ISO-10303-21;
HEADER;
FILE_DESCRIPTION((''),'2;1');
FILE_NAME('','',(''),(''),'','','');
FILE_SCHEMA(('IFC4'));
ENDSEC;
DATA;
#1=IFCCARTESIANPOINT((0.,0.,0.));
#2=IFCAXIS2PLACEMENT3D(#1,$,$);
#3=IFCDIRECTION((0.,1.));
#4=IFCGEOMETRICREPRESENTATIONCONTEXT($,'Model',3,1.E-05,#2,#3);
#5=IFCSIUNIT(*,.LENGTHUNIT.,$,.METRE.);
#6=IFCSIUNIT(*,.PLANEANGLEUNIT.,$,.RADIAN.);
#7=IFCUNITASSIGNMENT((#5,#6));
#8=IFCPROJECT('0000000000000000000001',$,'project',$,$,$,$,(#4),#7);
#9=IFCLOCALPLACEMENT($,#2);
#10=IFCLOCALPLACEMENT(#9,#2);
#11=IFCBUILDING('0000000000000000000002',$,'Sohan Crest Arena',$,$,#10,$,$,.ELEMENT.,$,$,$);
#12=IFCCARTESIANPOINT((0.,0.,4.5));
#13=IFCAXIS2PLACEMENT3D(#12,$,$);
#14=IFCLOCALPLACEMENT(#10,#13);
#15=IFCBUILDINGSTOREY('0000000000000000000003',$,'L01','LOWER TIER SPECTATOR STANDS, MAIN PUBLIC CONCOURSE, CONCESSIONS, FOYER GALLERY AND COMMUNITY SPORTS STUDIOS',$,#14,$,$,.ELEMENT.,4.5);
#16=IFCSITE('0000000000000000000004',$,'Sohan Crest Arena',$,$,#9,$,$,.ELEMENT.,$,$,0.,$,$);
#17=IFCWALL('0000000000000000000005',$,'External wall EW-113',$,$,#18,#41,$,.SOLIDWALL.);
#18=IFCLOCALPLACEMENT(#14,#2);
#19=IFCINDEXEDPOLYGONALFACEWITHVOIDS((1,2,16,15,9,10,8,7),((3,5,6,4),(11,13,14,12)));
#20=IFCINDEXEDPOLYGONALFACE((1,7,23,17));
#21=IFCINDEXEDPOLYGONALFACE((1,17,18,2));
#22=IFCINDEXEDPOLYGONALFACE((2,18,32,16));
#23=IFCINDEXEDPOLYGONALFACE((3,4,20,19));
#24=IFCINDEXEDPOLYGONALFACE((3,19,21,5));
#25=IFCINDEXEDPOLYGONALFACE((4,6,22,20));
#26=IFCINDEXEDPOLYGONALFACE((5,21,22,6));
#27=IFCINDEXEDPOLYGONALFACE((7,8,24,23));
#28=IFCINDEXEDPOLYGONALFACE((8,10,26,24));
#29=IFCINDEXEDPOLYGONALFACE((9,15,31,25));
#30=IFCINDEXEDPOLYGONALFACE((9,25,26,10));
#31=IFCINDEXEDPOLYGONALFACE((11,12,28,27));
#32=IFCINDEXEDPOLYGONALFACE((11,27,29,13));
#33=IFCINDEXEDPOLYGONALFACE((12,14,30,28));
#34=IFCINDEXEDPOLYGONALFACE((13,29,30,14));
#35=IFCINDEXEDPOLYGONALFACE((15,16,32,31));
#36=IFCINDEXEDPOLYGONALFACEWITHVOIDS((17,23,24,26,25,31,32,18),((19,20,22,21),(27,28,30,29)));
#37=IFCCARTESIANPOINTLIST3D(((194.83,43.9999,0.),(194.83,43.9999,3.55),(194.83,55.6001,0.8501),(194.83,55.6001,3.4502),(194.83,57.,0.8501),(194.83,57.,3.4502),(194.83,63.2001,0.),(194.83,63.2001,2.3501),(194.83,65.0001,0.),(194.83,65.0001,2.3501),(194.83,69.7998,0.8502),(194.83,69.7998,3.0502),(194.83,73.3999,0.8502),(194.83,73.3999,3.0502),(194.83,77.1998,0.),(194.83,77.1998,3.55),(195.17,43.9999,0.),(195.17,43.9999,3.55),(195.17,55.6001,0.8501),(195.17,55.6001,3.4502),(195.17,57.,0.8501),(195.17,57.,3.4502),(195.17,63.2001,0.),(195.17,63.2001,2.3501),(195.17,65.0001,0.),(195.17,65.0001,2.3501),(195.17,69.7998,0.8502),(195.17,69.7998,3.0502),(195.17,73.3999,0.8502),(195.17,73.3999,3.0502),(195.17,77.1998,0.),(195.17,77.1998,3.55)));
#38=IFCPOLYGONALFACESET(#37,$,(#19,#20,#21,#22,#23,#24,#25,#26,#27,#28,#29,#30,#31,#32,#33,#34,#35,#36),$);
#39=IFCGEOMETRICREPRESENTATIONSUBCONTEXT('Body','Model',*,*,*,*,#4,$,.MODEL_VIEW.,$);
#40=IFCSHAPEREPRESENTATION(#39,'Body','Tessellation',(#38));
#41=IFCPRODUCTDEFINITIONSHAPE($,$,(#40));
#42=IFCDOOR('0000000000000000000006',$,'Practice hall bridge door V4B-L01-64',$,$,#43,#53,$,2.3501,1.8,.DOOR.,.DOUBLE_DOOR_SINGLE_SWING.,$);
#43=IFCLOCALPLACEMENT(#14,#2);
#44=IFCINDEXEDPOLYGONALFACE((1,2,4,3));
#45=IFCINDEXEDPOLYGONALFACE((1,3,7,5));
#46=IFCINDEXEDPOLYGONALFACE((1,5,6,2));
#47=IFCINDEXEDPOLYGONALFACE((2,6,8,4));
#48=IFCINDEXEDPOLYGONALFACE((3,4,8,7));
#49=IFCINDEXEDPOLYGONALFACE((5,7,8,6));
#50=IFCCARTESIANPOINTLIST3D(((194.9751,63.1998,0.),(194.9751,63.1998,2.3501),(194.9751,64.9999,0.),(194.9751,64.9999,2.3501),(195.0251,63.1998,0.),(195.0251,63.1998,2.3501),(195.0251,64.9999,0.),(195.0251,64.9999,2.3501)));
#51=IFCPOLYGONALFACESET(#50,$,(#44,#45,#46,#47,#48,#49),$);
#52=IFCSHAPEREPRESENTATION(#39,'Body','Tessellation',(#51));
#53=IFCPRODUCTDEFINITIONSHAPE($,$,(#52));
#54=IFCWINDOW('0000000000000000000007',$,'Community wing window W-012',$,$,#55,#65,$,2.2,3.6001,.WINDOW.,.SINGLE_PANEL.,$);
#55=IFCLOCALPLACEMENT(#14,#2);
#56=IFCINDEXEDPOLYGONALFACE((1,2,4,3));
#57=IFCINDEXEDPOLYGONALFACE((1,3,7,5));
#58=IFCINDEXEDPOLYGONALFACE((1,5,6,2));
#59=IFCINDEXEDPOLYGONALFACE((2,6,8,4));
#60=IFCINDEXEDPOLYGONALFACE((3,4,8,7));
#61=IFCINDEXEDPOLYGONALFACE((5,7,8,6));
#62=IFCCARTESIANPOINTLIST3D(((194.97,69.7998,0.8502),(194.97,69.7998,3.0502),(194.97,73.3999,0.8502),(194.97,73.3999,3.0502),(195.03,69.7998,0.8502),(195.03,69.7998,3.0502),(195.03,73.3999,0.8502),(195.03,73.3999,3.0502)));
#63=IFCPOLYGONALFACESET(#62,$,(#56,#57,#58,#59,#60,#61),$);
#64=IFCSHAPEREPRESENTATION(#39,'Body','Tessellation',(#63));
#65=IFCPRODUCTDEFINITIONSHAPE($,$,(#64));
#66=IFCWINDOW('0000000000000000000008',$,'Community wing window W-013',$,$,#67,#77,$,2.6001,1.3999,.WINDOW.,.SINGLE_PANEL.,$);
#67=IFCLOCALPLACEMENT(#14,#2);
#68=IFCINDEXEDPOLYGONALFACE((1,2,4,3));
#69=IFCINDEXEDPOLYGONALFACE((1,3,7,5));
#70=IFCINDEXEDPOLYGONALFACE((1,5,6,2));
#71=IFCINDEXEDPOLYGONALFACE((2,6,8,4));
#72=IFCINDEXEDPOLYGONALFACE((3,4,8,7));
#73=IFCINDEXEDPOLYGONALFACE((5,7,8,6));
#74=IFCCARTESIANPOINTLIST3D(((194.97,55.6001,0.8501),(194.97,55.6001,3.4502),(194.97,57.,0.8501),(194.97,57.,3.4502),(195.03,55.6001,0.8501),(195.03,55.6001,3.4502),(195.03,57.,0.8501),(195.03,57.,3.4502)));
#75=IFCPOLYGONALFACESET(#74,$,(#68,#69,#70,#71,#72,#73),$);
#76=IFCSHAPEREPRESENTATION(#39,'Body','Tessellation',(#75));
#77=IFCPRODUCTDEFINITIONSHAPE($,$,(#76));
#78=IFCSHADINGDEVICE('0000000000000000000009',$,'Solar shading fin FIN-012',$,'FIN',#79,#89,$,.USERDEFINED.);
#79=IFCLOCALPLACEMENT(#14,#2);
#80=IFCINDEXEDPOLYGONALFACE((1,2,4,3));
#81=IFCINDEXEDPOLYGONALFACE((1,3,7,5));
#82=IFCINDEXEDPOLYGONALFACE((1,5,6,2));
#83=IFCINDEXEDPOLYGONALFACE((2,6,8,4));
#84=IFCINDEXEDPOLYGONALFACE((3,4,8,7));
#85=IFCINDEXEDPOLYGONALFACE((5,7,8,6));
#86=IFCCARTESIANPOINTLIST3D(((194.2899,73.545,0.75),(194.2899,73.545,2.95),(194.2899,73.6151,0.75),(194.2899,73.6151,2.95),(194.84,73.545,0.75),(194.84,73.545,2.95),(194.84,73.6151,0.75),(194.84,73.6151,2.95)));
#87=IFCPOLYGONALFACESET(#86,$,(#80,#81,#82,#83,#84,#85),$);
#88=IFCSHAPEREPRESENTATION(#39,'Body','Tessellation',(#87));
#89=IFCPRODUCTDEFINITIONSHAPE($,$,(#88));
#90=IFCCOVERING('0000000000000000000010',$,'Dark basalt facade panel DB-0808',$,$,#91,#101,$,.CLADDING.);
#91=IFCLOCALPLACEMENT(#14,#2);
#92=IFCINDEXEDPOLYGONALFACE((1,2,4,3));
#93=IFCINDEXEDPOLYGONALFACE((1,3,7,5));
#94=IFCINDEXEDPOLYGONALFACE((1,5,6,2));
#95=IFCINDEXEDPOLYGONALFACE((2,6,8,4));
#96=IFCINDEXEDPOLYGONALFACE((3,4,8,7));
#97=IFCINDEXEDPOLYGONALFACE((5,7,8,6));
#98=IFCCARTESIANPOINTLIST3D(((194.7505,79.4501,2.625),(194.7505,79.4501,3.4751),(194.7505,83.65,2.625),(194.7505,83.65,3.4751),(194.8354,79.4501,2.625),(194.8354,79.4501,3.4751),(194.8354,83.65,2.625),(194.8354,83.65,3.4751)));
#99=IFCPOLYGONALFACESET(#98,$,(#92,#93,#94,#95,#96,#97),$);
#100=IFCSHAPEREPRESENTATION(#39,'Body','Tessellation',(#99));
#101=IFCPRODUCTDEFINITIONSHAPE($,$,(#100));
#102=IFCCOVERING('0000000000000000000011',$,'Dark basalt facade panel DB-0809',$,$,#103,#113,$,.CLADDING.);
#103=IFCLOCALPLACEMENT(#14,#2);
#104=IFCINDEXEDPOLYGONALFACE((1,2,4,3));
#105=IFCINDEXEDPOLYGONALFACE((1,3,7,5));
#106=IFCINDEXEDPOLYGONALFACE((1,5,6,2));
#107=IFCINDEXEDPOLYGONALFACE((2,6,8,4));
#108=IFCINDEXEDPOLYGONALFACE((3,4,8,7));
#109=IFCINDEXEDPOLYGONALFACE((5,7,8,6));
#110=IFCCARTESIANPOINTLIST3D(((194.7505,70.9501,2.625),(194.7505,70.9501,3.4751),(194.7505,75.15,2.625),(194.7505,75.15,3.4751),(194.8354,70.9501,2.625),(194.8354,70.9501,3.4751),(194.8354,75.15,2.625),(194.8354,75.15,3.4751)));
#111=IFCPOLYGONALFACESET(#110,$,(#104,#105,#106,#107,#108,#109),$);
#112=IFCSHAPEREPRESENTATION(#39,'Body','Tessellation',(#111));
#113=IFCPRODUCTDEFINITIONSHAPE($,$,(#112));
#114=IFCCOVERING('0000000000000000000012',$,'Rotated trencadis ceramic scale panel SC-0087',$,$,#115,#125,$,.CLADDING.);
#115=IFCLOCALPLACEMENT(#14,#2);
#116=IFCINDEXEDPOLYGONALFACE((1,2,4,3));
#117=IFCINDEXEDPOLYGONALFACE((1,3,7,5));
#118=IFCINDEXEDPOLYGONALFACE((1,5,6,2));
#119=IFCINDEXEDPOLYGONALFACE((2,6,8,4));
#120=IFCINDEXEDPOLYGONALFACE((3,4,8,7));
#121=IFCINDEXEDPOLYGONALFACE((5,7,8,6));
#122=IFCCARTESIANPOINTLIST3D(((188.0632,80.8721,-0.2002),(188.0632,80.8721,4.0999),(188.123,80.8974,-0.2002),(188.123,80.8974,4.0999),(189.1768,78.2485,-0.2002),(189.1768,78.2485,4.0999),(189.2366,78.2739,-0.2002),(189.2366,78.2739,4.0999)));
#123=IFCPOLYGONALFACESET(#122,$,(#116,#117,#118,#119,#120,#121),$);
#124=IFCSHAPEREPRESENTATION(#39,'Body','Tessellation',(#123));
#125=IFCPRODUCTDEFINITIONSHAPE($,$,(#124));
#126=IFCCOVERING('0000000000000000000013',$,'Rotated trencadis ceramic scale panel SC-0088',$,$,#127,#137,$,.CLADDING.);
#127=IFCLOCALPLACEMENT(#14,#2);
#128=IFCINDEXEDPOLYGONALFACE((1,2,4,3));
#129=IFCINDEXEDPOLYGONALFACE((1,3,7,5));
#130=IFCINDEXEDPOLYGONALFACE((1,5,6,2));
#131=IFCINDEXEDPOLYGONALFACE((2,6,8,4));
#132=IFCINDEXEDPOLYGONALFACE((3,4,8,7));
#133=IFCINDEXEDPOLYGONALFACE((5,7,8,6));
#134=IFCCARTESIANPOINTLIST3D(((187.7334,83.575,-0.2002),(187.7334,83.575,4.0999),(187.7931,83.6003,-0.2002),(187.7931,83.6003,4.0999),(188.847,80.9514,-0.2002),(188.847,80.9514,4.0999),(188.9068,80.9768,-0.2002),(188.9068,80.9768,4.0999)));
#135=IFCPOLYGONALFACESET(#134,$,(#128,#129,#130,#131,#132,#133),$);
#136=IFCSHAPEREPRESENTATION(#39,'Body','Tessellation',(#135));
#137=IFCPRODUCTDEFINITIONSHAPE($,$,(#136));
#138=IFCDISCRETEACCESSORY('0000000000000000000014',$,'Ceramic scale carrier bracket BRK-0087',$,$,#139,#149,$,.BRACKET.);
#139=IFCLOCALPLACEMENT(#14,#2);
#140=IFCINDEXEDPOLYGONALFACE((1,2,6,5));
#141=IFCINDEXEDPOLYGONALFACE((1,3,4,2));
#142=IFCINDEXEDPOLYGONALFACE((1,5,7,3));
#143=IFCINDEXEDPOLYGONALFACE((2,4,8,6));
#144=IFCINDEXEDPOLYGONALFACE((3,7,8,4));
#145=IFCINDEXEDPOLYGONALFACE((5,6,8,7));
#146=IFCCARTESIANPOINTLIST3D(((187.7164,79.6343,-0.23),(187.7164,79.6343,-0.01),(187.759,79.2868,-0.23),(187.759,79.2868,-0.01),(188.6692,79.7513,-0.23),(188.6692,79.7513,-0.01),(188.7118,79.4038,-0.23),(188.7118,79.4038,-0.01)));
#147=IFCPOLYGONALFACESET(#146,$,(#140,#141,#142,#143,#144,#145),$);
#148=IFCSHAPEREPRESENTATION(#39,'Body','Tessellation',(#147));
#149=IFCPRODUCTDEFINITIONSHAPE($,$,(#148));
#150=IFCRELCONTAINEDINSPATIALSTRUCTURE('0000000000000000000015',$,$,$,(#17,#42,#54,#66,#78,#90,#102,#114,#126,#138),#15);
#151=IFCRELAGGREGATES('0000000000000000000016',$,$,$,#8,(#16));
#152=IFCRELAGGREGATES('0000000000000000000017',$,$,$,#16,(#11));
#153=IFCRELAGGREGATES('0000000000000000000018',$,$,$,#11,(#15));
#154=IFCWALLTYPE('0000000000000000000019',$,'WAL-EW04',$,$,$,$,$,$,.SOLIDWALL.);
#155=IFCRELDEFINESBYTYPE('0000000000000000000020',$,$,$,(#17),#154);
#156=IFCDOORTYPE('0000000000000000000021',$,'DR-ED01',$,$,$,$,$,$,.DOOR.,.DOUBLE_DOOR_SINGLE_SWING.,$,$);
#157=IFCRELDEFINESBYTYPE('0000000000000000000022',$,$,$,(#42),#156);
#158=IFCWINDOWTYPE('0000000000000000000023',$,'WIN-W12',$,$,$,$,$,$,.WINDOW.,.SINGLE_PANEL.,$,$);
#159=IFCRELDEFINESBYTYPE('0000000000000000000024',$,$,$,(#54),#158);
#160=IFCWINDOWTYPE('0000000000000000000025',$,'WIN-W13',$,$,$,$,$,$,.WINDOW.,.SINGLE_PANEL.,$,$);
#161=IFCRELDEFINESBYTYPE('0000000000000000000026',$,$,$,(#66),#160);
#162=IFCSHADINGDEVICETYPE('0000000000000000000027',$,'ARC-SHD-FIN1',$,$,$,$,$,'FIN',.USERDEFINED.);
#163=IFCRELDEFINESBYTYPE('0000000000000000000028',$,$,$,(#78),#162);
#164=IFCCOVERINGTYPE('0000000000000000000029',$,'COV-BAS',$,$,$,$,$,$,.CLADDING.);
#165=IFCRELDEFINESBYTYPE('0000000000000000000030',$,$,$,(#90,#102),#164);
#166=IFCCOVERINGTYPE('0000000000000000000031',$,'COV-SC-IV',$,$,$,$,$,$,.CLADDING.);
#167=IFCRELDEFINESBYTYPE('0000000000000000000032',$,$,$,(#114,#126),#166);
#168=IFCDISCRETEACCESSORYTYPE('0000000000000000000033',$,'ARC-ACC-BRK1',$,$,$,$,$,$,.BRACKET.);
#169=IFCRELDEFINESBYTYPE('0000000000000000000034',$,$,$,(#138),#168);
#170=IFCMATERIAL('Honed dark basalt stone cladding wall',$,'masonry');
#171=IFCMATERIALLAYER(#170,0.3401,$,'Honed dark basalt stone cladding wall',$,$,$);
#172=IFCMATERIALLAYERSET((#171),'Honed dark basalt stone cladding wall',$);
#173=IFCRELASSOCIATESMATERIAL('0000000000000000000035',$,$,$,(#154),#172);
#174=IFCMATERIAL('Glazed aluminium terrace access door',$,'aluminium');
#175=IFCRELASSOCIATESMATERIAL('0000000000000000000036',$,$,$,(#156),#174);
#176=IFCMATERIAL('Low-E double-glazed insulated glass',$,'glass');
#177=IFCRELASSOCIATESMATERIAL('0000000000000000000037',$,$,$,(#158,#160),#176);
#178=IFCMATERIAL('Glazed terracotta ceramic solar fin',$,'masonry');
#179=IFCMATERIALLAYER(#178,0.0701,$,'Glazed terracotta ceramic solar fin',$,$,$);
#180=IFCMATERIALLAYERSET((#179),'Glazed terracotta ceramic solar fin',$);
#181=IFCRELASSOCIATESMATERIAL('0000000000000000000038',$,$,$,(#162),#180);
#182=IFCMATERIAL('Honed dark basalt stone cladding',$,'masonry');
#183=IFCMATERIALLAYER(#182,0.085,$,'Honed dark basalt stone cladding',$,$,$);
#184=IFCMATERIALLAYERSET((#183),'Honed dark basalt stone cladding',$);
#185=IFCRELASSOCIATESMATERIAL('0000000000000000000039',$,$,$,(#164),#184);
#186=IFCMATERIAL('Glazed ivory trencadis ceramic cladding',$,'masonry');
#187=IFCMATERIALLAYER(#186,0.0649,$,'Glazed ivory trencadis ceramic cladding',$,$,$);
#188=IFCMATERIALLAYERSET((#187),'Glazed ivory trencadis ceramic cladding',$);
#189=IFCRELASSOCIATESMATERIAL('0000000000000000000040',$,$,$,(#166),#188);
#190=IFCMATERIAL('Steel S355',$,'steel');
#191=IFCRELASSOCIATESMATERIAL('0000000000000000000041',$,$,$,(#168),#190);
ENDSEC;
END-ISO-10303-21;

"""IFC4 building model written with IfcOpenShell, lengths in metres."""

from ifc_helpers import new_model, si_unit, direction, frame, frame_2d, origin, origin_2d, place, context, subcontext, project, spatial, rectangle, extrude, material, layer, layer_set, type_object, element, fill, save


model = new_model("IFC4")

# Units and contexts
model_context = context("Model", 3, precision=1e-05, world=origin(), true_north=direction((0.0, 1.0)))
body_context = subcontext(model_context, "Body", "Model", "MODEL_VIEW")
ifc_project = project(units=[si_unit("LENGTHUNIT", "METRE"), si_unit("PLANEANGLEUNIT", "RADIAN")], contexts=[model_context])

# Site, building, storey
site_placement = place(None, origin())
site = spatial("IfcSite", under=ifc_project, at=site_placement, Name="Sohan Crest Arena", CompositionType="ELEMENT", RefElevation=0.0)
building_placement = place(site_placement, origin())
building = spatial("IfcBuilding", under=site, at=building_placement, Name="Sohan Crest Arena", CompositionType="ELEMENT")
storey_placement = place(building_placement, frame((0.0, 0.0, 4.5)))
storey = spatial("IfcBuildingStorey", under=building, at=storey_placement, Name="L01", Description="LOWER TIER SPECTATOR STANDS, MAIN PUBLIC CONCOURSE, CONCESSIONS, FOYER GALLERY AND COMMUNITY SPORTS STUDIOS", CompositionType="ELEMENT", Elevation=4.5)

# Shared definitions
ifc_material_1 = material(Name="Steel S355", Category="steel")

# Shared definitions
ifc_material_2 = material(Name="Low-E double-glazed insulated glass", Category="glass")

# Wall, openings, door, windows
ifc_material_3 = material(Name="Honed dark basalt stone cladding wall", Category="masonry")
ifc_layer_1 = layer(ifc_material_3, 0.3401, Name="Honed dark basalt stone cladding wall")
ifc_layer_set_1 = layer_set([ifc_layer_1], Name="Honed dark basalt stone cladding wall")
wall_type = type_object("IfcWallType", Name="WAL-EW04", PredefinedType="SOLIDWALL", material=ifc_layer_set_1)
wall_placement = place(storey_placement, frame((195.0, 77.2, 0.0), z_axis=(0.0, 0.0, 1.0), x_axis=(0.0, -1.0, 0.0)))
wall = element("IfcWall", 1, at=wall_placement, inside=storey, type_object=wall_type, Name="External wall EW-113", PredefinedType="SOLIDWALL", context=body_context, shape_type="SweptSolid", body=[
    extrude(rectangle(XDim=33.2, YDim=0.3401, at=frame_2d((16.6001, 0.0))), origin(), (0.0, 0.0, 1.0), 3.55),
])
opening_1_placement = place(wall_placement, frame((12.2, 0.0, 0.0)))
opening_1 = element("IfcOpeningElement", 2, at=opening_1_placement, cuts=wall, PredefinedType="OPENING", context=body_context, shape_type="SweptSolid", body=[
    extrude(rectangle(XDim=1.8, YDim=2.3501, at=frame_2d((0.8999, 1.175))), frame((0.0, 0.1799, 0.0), z_axis=(0.0, -1.0, 0.0), x_axis=(1.0, 0.0, 0.0)), (0.0, 0.0, 1.0), 0.3601),
])
opening_2_placement = place(wall_placement, frame((3.8, 0.0, 0.8501)))
opening_2 = element("IfcOpeningElement", 3, at=opening_2_placement, cuts=wall, PredefinedType="OPENING", context=body_context, shape_type="SweptSolid", body=[
    extrude(rectangle(XDim=3.6001, YDim=2.2, at=frame_2d((1.8, 1.1001))), frame((0.0, 0.1799, 0.0), z_axis=(0.0, -1.0, 0.0), x_axis=(1.0, 0.0, 0.0)), (0.0, 0.0, 1.0), 0.3601),
])
opening_3_placement = place(wall_placement, frame((20.2, 0.0, 0.8501)))
opening_3 = element("IfcOpeningElement", 4, at=opening_3_placement, cuts=wall, PredefinedType="OPENING", context=body_context, shape_type="SweptSolid", body=[
    extrude(rectangle(XDim=1.3999, YDim=2.6001, at=frame_2d((0.7, 1.3))), frame((0.0, 0.1799, 0.0), z_axis=(0.0, -1.0, 0.0), x_axis=(1.0, 0.0, 0.0)), (0.0, 0.0, 1.0), 0.3601),
])
ifc_material_4 = material(Name="Glazed aluminium terrace access door", Category="aluminium")
door_type = type_object("IfcDoorType", Name="DR-ED01", OperationType="DOUBLE_DOOR_SINGLE_SWING", PredefinedType="DOOR", material=ifc_material_4)
door_placement = place(opening_1_placement, frame((1.8, 0.0, 0.0), z_axis=(0.0, 0.0, 1.0), x_axis=(-1.0, 0.0, 0.0)))
door = element("IfcDoor", 5, at=door_placement, inside=storey, type_object=door_type, Name="Practice hall bridge door V4B-L01-64", OperationType="DOUBLE_DOOR_SINGLE_SWING", OverallHeight=2.3501, OverallWidth=1.8, PredefinedType="DOOR", context=body_context, shape_type="SweptSolid", body=[
    extrude(rectangle(XDim=1.8, YDim=2.3501, at=frame_2d((0.8999, 1.175))), frame((0.0, 0.0249, 0.0), z_axis=(0.0, -1.0, 0.0), x_axis=(1.0, 0.0, 0.0)), (0.0, 0.0, 1.0), 0.05),
])
fill(opening_1, door)
window_type_1 = type_object("IfcWindowType", Name="WIN-W12", PartitioningType="SINGLE_PANEL", PredefinedType="WINDOW", material=ifc_material_2)
window_1_placement = place(opening_2_placement, origin())
window_1 = element("IfcWindow", 6, at=window_1_placement, inside=storey, type_object=window_type_1, Name="Community wing window W-012", OverallHeight=2.2, OverallWidth=3.6001, PartitioningType="SINGLE_PANEL", PredefinedType="WINDOW", context=body_context, shape_type="SweptSolid", body=[
    extrude(rectangle(XDim=3.6001, YDim=2.2, at=frame_2d((1.8, 1.1001))), frame((0.0, 0.03, 0.0), z_axis=(0.0, -1.0, 0.0), x_axis=(1.0, 0.0, 0.0)), (0.0, 0.0, 1.0), 0.0601),
])
fill(opening_2, window_1)
window_type_2 = type_object("IfcWindowType", Name="WIN-W13", PartitioningType="SINGLE_PANEL", PredefinedType="WINDOW", material=ifc_material_2)
window_2_placement = place(opening_3_placement, origin())
window_2 = element("IfcWindow", 7, at=window_2_placement, inside=storey, type_object=window_type_2, Name="Community wing window W-013", OverallHeight=2.6001, OverallWidth=1.3999, PartitioningType="SINGLE_PANEL", PredefinedType="WINDOW", context=body_context, shape_type="SweptSolid", body=[
    extrude(rectangle(XDim=1.3999, YDim=2.6001, at=frame_2d((0.7, 1.3))), frame((0.0, 0.03, 0.0), z_axis=(0.0, -1.0, 0.0), x_axis=(1.0, 0.0, 0.0)), (0.0, 0.0, 1.0), 0.0601),
])
fill(opening_3, window_2)

# Shading device
ifc_material_5 = material(Name="Glazed terracotta ceramic solar fin", Category="masonry")
ifc_layer_2 = layer(ifc_material_5, 0.0701, Name="Glazed terracotta ceramic solar fin")
ifc_layer_set_2 = layer_set([ifc_layer_2], Name="Glazed terracotta ceramic solar fin")
shading_device_type = type_object("IfcShadingDeviceType", Name="ARC-SHD-FIN1", ElementType="FIN", PredefinedType="USERDEFINED", material=ifc_layer_set_2)
shading_device_placement = place(storey_placement, frame((194.5649, 73.5801, 0.75), z_axis=(0.0, 0.0, 1.0), x_axis=(0.0, -1.0, 0.0)))
element("IfcShadingDevice", 8, at=shading_device_placement, inside=storey, type_object=shading_device_type, Name="Solar shading fin FIN-012", ObjectType="FIN", PredefinedType="USERDEFINED", context=body_context, shape_type="SweptSolid", body=[
    extrude(rectangle(XDim=0.0701, YDim=0.55, at=origin_2d()), origin(), (0.0, 0.0, 1.0), 2.2),
])

# Coverings
ifc_material_6 = material(Name="Honed dark basalt stone cladding", Category="masonry")
ifc_layer_3 = layer(ifc_material_6, 0.085, Name="Honed dark basalt stone cladding")
ifc_layer_set_3 = layer_set([ifc_layer_3], Name="Honed dark basalt stone cladding")
covering_type_1 = type_object("IfcCoveringType", Name="COV-BAS", PredefinedType="CLADDING", material=ifc_layer_set_3)
for number, where, z_axis, x_axis, name in (
    (9, (194.793, 81.55, 2.625), (0.0, 0.0, 1.0), (0.0, -1.0, 0.0), "Dark basalt facade panel DB-0808"),
    (10, (194.793, 73.05, 2.625), (0.0, 0.0, 1.0), (0.0, -1.0, 0.0), "Dark basalt facade panel DB-0809"),
):
    element("IfcCovering", number, at=place(storey_placement, frame(where, z_axis=z_axis, x_axis=x_axis)), inside=storey, type_object=covering_type_1, Name=name, PredefinedType="CLADDING", context=body_context, shape_type="SweptSolid", body=[
        extrude(rectangle(XDim=4.2, YDim=0.085, at=origin_2d()), origin(), (0.0, 0.0, 1.0), 0.8501),
    ])
ifc_material_7 = material(Name="Glazed ivory trencadis ceramic cladding", Category="masonry")
ifc_layer_4 = layer(ifc_material_7, 0.0649, Name="Glazed ivory trencadis ceramic cladding")
ifc_layer_set_4 = layer_set([ifc_layer_4], Name="Glazed ivory trencadis ceramic cladding")
covering_type_2 = type_object("IfcCoveringType", Name="COV-SC-IV", PredefinedType="CLADDING", material=ifc_layer_set_4)
for number, where, z_axis, x_axis, name in (
    (11, (188.6499, 79.573, -0.2002), (0.0, 0.0, 1.0), (-0.390731, 0.920505, 0.0), "Rotated trencadis ceramic scale panel SC-0087"),
    (12, (188.3201, 82.2759, -0.2002), (0.0, 0.0, 1.0), (-0.390731, 0.920505, 0.0), "Rotated trencadis ceramic scale panel SC-0088"),
):
    element("IfcCovering", number, at=place(storey_placement, frame(where, z_axis=z_axis, x_axis=x_axis)), inside=storey, type_object=covering_type_2, Name=name, PredefinedType="CLADDING", context=body_context, shape_type="SweptSolid", body=[
        extrude(rectangle(XDim=2.8501, YDim=0.0649, at=origin_2d()), origin(), (0.0, 0.0, 1.0), 4.3),
    ])

# Discrete accessory
discrete_accessory_type = type_object("IfcDiscreteAccessoryType", Name="ARC-ACC-BRK1", PredefinedType="BRACKET", material=ifc_material_1)
discrete_accessory_placement = place(storey_placement, frame((188.2141, 79.519, -0.23), z_axis=(0.0, 0.0, 1.0), x_axis=(-0.121869, 0.992546, 0.0)))
element("IfcDiscreteAccessory", 13, at=discrete_accessory_placement, inside=storey, type_object=discrete_accessory_type, Name="Ceramic scale carrier bracket BRK-0087", PredefinedType="BRACKET", context=body_context, shape_type="SweptSolid", body=[
    extrude(rectangle(XDim=0.3501, YDim=0.96, at=origin_2d()), origin(), (0.0, 0.0, 1.0), 0.22),
])

save(model, "model.ifc")
